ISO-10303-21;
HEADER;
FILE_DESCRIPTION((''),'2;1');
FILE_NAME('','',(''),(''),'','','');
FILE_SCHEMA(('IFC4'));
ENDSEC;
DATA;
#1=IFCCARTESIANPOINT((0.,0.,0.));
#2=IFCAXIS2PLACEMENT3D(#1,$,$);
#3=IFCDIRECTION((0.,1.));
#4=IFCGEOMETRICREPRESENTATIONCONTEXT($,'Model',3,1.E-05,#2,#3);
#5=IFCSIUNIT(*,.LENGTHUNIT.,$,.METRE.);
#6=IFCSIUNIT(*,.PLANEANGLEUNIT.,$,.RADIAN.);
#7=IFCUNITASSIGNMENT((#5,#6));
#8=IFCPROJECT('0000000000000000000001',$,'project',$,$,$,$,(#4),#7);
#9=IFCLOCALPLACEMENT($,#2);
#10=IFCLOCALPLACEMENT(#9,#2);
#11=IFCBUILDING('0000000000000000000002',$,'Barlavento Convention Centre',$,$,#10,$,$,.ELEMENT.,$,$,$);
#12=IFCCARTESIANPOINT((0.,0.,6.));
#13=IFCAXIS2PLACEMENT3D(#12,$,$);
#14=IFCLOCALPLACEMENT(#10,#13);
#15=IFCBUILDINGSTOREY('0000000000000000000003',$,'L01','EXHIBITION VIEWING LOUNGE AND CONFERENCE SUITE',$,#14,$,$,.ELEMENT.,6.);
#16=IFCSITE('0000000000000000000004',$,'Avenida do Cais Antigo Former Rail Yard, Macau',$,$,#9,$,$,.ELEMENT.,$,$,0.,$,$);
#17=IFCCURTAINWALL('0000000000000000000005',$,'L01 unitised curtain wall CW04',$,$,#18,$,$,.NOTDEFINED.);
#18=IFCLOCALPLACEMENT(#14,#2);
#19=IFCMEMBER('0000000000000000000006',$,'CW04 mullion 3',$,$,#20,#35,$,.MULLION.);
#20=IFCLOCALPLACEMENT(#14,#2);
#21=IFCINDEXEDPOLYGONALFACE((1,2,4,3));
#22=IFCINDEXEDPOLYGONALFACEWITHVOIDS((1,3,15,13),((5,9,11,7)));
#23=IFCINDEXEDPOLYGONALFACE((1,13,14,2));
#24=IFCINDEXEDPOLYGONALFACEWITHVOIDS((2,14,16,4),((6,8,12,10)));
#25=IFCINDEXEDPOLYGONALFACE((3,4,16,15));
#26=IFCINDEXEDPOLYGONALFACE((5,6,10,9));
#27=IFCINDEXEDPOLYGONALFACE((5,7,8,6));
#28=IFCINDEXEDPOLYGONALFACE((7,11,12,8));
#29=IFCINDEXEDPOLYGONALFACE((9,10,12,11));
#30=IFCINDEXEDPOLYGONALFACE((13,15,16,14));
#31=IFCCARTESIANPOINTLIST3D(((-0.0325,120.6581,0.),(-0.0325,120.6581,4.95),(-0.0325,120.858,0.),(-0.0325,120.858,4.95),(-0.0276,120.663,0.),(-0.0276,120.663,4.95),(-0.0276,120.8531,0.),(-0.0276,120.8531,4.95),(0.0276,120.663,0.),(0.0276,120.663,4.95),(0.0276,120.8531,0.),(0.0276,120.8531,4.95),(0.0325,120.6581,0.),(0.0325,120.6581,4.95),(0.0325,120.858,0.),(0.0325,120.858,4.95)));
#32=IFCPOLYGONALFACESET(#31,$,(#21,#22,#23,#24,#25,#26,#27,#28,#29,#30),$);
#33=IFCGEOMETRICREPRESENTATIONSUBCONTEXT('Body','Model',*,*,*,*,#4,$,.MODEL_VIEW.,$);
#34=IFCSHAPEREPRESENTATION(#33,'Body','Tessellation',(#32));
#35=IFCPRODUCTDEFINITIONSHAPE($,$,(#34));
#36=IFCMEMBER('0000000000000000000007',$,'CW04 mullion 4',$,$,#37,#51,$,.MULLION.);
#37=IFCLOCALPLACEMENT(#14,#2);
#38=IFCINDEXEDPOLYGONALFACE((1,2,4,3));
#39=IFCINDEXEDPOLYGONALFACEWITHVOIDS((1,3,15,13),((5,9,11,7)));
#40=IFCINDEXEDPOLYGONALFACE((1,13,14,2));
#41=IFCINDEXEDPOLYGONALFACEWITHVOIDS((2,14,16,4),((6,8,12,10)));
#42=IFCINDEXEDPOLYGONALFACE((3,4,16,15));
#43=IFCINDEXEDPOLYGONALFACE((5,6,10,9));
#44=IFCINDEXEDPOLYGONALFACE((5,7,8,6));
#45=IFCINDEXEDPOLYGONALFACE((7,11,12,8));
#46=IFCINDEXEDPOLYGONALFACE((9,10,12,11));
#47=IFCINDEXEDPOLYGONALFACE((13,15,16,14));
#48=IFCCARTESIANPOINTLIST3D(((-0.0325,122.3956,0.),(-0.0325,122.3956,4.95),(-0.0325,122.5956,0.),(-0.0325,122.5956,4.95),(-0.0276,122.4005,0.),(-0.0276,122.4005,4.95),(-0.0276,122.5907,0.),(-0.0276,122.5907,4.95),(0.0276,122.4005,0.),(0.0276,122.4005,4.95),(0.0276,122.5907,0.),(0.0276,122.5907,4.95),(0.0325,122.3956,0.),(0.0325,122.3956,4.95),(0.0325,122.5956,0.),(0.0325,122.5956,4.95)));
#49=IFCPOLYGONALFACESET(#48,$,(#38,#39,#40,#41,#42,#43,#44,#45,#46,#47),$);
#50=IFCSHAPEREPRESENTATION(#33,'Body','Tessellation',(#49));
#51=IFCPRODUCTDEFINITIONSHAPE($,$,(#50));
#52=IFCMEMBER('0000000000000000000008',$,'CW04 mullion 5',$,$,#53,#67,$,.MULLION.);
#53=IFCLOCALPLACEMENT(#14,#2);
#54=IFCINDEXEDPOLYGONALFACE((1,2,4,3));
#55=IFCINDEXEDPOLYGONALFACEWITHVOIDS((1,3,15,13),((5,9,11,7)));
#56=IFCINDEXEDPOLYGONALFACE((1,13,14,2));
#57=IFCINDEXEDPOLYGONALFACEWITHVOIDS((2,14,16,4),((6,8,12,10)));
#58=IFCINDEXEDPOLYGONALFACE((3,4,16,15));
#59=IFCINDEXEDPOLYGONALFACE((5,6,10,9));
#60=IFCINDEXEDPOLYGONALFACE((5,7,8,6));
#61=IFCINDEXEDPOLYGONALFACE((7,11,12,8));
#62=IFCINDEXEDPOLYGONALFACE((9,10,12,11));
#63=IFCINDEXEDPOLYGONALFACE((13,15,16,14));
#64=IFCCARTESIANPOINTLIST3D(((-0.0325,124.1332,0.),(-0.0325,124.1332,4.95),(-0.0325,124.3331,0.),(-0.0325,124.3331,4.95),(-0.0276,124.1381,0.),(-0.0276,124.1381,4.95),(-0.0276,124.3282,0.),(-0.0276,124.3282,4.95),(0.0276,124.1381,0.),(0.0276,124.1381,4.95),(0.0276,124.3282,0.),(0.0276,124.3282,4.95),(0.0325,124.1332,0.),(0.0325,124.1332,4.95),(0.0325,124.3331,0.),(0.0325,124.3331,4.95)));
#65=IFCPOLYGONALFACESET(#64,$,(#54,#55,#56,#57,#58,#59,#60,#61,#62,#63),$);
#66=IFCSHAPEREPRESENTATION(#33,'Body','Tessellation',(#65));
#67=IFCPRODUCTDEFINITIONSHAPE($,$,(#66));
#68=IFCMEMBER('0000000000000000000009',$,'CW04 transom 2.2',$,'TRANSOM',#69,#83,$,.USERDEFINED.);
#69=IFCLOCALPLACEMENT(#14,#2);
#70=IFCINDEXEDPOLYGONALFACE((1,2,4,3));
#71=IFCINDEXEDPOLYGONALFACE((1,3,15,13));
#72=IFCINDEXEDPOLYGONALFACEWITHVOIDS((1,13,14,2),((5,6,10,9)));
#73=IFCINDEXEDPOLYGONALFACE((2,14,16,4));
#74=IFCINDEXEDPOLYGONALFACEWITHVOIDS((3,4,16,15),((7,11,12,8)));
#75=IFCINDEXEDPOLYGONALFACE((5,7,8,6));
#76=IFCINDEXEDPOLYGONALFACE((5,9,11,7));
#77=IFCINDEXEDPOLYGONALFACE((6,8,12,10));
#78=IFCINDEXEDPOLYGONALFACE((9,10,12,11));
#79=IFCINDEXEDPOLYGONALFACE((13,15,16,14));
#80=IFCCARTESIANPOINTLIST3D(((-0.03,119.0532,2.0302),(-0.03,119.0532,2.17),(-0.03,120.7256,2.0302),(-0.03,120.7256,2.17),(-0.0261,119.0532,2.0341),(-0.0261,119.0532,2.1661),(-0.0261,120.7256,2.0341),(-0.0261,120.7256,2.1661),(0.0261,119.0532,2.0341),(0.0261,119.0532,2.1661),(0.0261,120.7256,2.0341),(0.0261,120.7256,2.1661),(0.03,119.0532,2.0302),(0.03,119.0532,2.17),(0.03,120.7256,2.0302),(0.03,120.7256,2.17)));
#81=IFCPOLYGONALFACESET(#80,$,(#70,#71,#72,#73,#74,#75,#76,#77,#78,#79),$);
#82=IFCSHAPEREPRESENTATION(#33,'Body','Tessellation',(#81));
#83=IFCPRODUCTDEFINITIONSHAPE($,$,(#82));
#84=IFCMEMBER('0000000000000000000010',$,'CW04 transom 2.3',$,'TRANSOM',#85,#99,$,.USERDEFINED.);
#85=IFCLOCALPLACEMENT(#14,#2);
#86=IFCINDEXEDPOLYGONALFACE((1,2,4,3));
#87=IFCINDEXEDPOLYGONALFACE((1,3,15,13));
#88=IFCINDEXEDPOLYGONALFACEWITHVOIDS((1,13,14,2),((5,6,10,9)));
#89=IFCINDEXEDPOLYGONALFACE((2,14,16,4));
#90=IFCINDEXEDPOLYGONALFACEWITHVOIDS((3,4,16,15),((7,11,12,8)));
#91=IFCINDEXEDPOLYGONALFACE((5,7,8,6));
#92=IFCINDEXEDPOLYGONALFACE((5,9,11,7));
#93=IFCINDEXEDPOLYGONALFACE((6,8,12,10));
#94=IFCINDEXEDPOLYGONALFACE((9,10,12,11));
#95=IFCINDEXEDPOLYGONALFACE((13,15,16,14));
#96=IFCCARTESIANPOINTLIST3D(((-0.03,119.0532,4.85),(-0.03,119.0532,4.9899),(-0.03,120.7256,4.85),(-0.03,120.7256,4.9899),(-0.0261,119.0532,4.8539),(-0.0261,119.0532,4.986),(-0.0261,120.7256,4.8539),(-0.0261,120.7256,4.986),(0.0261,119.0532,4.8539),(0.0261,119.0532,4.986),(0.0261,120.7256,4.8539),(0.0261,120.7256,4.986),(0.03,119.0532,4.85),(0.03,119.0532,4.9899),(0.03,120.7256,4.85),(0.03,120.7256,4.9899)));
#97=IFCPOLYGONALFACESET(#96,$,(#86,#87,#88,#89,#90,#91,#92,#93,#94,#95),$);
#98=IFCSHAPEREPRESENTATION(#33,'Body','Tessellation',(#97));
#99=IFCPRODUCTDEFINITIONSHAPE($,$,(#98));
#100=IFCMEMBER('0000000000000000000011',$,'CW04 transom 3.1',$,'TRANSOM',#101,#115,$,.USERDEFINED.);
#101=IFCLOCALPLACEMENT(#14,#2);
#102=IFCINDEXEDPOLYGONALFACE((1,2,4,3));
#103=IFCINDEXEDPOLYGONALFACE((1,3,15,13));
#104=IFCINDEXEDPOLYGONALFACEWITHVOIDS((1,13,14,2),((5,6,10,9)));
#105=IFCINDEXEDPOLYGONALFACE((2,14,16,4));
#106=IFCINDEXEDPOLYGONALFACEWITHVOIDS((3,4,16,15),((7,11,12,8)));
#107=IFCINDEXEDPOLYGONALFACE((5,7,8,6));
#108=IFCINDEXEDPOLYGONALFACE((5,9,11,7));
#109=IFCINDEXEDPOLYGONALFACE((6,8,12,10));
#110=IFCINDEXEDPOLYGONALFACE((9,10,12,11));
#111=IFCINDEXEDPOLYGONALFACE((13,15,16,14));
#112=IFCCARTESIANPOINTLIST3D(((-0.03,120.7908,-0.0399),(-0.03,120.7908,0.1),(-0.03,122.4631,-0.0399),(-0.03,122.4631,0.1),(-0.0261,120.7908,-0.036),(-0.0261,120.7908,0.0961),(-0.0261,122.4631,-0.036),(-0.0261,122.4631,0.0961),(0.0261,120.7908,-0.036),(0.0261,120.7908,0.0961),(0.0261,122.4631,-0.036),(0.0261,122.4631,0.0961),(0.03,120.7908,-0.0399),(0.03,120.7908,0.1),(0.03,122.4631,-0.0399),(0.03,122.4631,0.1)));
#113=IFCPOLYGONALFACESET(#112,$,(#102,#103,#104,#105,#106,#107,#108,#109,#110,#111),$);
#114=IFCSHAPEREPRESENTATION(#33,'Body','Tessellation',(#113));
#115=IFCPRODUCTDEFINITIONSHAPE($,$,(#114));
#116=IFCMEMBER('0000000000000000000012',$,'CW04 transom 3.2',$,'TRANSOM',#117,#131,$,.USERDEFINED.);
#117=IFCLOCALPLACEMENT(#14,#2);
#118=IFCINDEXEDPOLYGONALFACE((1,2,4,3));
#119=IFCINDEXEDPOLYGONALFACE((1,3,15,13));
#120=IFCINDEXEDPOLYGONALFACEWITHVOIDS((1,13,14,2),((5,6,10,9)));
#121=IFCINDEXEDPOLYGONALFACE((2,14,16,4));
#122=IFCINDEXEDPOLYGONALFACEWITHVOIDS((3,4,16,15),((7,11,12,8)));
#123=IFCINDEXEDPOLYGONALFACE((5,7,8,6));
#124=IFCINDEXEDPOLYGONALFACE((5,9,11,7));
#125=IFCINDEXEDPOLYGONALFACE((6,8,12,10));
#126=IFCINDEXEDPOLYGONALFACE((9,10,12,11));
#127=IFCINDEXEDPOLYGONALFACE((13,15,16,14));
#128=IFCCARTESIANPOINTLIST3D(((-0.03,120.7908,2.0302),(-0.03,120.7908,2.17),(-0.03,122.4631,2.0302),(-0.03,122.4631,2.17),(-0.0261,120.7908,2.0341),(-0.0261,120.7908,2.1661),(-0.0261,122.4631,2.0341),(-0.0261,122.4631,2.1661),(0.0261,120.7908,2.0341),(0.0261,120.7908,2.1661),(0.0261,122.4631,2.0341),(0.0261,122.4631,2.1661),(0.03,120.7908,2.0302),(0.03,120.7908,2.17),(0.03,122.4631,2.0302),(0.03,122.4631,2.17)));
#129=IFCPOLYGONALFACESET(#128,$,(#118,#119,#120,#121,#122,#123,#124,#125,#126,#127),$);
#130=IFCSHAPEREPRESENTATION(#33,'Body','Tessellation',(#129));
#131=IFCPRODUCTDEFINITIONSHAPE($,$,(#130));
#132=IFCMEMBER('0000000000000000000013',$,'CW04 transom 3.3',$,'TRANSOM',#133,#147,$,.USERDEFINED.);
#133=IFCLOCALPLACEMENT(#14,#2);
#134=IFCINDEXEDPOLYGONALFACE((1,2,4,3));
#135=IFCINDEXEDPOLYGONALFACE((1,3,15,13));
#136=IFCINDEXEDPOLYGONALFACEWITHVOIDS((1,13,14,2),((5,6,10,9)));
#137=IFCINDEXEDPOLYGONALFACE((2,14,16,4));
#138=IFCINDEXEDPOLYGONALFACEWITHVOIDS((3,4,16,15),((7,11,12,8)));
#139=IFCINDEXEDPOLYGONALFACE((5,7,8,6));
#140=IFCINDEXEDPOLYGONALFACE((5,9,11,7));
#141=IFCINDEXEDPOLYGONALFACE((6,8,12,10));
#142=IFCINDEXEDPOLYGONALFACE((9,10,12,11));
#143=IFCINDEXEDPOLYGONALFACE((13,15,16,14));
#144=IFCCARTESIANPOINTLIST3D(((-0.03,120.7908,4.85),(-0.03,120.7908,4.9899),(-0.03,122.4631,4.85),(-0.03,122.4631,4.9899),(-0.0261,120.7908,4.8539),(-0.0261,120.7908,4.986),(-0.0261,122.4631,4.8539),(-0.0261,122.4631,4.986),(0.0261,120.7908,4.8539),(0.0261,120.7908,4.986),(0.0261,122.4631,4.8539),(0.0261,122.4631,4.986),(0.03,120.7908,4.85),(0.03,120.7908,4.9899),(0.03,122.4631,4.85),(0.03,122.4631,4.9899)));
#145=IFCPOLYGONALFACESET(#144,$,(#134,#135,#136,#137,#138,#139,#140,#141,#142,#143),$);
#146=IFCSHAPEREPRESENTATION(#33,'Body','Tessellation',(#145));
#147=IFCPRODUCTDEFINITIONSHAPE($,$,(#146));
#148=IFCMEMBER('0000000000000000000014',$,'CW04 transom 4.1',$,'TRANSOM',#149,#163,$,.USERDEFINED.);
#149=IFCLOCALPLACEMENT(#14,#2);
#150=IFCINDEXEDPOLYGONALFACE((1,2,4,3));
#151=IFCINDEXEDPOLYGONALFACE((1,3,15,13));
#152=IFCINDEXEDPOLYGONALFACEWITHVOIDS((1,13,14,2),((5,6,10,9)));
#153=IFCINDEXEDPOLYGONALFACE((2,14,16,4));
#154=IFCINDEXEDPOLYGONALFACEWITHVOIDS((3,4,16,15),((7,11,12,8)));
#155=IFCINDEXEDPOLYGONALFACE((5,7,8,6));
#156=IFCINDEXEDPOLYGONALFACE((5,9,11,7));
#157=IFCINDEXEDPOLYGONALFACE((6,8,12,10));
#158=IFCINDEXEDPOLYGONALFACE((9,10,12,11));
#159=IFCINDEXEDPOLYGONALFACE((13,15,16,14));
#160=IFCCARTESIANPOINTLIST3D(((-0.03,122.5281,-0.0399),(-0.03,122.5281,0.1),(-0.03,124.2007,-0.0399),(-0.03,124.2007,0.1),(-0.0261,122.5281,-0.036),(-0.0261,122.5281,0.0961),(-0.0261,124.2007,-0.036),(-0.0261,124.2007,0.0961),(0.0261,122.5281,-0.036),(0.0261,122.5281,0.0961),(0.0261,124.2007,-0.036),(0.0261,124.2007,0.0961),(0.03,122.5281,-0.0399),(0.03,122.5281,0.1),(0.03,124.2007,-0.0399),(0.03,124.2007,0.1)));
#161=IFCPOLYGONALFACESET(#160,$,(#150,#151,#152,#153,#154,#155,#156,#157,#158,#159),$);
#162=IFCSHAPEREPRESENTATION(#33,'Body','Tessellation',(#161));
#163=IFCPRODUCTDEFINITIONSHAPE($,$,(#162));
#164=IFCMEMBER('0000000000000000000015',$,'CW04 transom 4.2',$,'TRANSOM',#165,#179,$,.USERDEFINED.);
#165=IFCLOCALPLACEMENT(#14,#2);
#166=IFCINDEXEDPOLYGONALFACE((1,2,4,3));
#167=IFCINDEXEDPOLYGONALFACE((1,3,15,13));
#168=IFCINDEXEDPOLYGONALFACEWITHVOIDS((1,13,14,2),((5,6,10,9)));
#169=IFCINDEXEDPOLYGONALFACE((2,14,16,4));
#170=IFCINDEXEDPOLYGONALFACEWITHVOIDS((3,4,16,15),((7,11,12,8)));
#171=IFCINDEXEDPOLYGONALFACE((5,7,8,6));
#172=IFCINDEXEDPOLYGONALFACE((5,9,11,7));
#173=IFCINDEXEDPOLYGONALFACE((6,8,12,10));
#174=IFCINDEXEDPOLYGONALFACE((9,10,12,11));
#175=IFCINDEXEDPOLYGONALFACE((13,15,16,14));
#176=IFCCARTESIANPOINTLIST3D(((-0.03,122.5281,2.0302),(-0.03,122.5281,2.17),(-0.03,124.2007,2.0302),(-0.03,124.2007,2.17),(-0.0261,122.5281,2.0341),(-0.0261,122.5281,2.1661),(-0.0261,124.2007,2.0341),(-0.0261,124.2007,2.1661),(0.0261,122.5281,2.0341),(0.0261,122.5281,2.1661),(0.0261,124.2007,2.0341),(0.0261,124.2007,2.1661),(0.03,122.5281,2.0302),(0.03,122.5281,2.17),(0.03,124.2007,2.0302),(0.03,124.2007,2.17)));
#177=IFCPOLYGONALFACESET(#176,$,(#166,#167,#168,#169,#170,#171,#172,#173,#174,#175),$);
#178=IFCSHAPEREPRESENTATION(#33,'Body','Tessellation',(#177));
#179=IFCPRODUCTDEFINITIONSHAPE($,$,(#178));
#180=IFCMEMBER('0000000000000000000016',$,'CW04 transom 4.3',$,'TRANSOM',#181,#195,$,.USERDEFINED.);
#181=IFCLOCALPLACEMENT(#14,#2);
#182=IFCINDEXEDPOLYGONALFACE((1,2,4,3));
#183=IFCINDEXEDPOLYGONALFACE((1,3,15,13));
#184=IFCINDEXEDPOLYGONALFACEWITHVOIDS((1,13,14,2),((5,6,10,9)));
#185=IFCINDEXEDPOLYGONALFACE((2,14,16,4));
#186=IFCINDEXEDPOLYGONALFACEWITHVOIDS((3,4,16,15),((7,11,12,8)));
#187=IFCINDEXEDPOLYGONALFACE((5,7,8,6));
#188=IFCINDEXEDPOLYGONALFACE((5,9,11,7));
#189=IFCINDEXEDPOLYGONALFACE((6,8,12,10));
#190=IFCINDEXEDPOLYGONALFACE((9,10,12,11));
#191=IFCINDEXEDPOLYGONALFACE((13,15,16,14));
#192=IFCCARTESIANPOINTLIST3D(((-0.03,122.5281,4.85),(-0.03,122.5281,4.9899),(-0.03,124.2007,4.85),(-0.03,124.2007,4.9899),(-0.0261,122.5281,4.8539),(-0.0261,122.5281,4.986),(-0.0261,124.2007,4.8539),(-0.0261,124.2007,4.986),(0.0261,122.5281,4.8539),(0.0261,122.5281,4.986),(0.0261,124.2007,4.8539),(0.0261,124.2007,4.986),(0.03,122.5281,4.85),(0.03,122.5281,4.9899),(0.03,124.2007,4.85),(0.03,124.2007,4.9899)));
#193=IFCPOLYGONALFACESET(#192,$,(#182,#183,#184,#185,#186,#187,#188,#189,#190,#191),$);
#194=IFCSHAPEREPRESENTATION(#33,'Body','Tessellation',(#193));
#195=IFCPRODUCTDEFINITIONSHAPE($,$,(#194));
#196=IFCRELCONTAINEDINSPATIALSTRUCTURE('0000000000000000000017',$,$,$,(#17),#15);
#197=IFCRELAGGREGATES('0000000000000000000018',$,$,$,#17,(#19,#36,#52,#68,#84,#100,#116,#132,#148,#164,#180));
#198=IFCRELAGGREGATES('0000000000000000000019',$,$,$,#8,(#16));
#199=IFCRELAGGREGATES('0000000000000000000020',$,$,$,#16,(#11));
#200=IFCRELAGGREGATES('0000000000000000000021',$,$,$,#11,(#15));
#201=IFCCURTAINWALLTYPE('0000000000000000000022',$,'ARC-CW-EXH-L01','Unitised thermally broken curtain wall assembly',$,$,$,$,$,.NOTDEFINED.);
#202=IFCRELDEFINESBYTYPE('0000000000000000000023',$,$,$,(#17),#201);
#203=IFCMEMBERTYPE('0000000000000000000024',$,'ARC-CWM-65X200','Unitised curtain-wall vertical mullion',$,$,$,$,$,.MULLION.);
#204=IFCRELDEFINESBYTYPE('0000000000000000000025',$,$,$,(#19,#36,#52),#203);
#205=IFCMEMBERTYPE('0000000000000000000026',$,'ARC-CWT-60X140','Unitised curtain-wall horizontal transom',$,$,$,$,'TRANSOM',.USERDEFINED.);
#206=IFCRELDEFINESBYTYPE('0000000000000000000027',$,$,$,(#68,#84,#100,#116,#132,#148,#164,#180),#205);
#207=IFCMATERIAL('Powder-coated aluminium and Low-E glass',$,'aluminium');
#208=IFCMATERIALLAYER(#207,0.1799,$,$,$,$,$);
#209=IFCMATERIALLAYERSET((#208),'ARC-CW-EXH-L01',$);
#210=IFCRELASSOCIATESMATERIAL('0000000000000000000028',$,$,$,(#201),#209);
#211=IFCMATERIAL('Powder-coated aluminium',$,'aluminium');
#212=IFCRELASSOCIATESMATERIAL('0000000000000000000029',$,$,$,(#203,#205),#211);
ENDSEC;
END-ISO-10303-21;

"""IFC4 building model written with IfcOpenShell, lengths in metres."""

from ifc_helpers import new_model, si_unit, direction, frame, origin, origin_2d, place, context, subcontext, project, spatial, hollow_rectangle, extrude, material, layer, layer_set, material_profile, profile_set, type_object, element, aggregate, save


model = new_model("IFC4")

# Units and contexts
model_context = context("Model", 3, precision=1e-05, world=origin(), true_north=direction((0.0, 1.0)))
body_context = subcontext(model_context, "Body", "Model", "MODEL_VIEW")
ifc_project = project(units=[si_unit("LENGTHUNIT", "METRE"), si_unit("PLANEANGLEUNIT", "RADIAN")], contexts=[model_context])

# Site, building, storey
site_placement = place(None, origin())
site = spatial("IfcSite", under=ifc_project, at=site_placement, Name="Avenida do Cais Antigo Former Rail Yard, Macau", CompositionType="ELEMENT", RefElevation=0.0)
building_placement = place(site_placement, origin())
building = spatial("IfcBuilding", under=site, at=building_placement, Name="Barlavento Convention Centre", CompositionType="ELEMENT")
storey_placement = place(building_placement, frame((0.0, 0.0, 6.0)))
storey = spatial("IfcBuildingStorey", under=building, at=storey_placement, Name="L01", Description="EXHIBITION VIEWING LOUNGE AND CONFERENCE SUITE", CompositionType="ELEMENT", Elevation=6.0)

# Curtain wall, members
ifc_material_1 = material(Name="Powder-coated aluminium and Low-E glass", Category="aluminium")
ifc_layer_1 = layer(ifc_material_1, 0.1799)
ifc_layer_set_1 = layer_set([ifc_layer_1], Name="ARC-CW-EXH-L01")
curtain_wall_type = type_object("IfcCurtainWallType", Name="ARC-CW-EXH-L01", Description="Unitised thermally broken curtain wall assembly", PredefinedType="NOTDEFINED", material=ifc_layer_set_1)
curtain_wall_placement = place(storey_placement, origin())
curtain_wall = element("IfcCurtainWall", 1, at=curtain_wall_placement, inside=storey, type_object=curtain_wall_type, Name="L01 unitised curtain wall CW04", PredefinedType="NOTDEFINED")
ifc_material_2 = material(Name="Powder-coated aluminium", Category="aluminium")
ifc_material_profile_1 = material_profile(ifc_material_2, hollow_rectangle(XDim=0.0649, YDim=0.2, WallThickness=0.0049, at=origin_2d()), Name="AL-MULL 65x200x5")
ifc_profile_set_1 = profile_set([ifc_material_profile_1], Name="Powder-coated aluminium")
member_type_1 = type_object("IfcMemberType", Name="ARC-CWM-65X200", Description="Unitised curtain-wall vertical mullion", PredefinedType="MULLION", material=ifc_profile_set_1)
member_1_placement = place(storey_placement, frame((0.0, 120.7581, 0.0), z_axis=(0.0, 0.0, 1.0), x_axis=(-1.0, 0.0, 0.0)))
member_1 = element("IfcMember", 2, at=member_1_placement, type_object=member_type_1, Name="CW04 mullion 3", PredefinedType="MULLION", context=body_context, shape_type="SweptSolid", body=[
    extrude(hollow_rectangle(XDim=0.0649, YDim=0.2, WallThickness=0.0049, at=origin_2d()), origin(), (0.0, 0.0, 1.0), 4.95),
])
member_2_placement = place(storey_placement, frame((0.0, 122.4956, 0.0), z_axis=(0.0, 0.0, 1.0), x_axis=(-1.0, 0.0, 0.0)))
member_2 = element("IfcMember", 3, at=member_2_placement, type_object=member_type_1, Name="CW04 mullion 4", PredefinedType="MULLION", context=body_context, shape_type="SweptSolid", body=[
    extrude(hollow_rectangle(XDim=0.0649, YDim=0.2, WallThickness=0.0049, at=origin_2d()), origin(), (0.0, 0.0, 1.0), 4.95),
])
member_3_placement = place(storey_placement, frame((0.0, 124.2332, 0.0), z_axis=(0.0, 0.0, 1.0), x_axis=(-1.0, 0.0, 0.0)))
member_3 = element("IfcMember", 4, at=member_3_placement, type_object=member_type_1, Name="CW04 mullion 5", PredefinedType="MULLION", context=body_context, shape_type="SweptSolid", body=[
    extrude(hollow_rectangle(XDim=0.0649, YDim=0.2, WallThickness=0.0049, at=origin_2d()), origin(), (0.0, 0.0, 1.0), 4.95),
])
ifc_material_profile_2 = material_profile(ifc_material_2, hollow_rectangle(XDim=0.0601, YDim=0.1399, WallThickness=0.0039, at=origin_2d()), Name="AL-TRAN 60x140x4")
ifc_profile_set_2 = profile_set([ifc_material_profile_2], Name="Powder-coated aluminium")
member_type_2 = type_object("IfcMemberType", Name="ARC-CWT-60X140", Description="Unitised curtain-wall horizontal transom", ElementType="TRANSOM", PredefinedType="USERDEFINED", material=ifc_profile_set_2)
member_4_placement = place(storey_placement, frame((0.0, 119.0532, 2.1001), z_axis=(0.0, 1.0, 0.0), x_axis=(-1.0, 0.0, 0.0)))
member_4 = element("IfcMember", 5, at=member_4_placement, type_object=member_type_2, Name="CW04 transom 2.2", ObjectType="TRANSOM", PredefinedType="USERDEFINED", context=body_context, shape_type="SweptSolid", body=[
    extrude(hollow_rectangle(XDim=0.0601, YDim=0.1399, WallThickness=0.0039, at=origin_2d()), origin(), (0.0, 0.0, 1.0), 1.6724),
])
member_5_placement = place(storey_placement, frame((0.0, 119.0532, 4.9199), z_axis=(0.0, 1.0, 0.0), x_axis=(-1.0, 0.0, 0.0)))
member_5 = element("IfcMember", 6, at=member_5_placement, type_object=member_type_2, Name="CW04 transom 2.3", ObjectType="TRANSOM", PredefinedType="USERDEFINED", context=body_context, shape_type="SweptSolid", body=[
    extrude(hollow_rectangle(XDim=0.0601, YDim=0.1399, WallThickness=0.0039, at=origin_2d()), origin(), (0.0, 0.0, 1.0), 1.6724),
])
member_6_placement = place(storey_placement, frame((0.0, 120.7908, 0.03), z_axis=(0.0, 1.0, 0.0), x_axis=(-1.0, 0.0, 0.0)))
member_6 = element("IfcMember", 7, at=member_6_placement, type_object=member_type_2, Name="CW04 transom 3.1", ObjectType="TRANSOM", PredefinedType="USERDEFINED", context=body_context, shape_type="SweptSolid", body=[
    extrude(hollow_rectangle(XDim=0.0601, YDim=0.1399, WallThickness=0.0039, at=origin_2d()), origin(), (0.0, 0.0, 1.0), 1.6724),
])
member_7_placement = place(storey_placement, frame((0.0, 120.7908, 2.1001), z_axis=(0.0, 1.0, 0.0), x_axis=(-1.0, 0.0, 0.0)))
member_7 = element("IfcMember", 8, at=member_7_placement, type_object=member_type_2, Name="CW04 transom 3.2", ObjectType="TRANSOM", PredefinedType="USERDEFINED", context=body_context, shape_type="SweptSolid", body=[
    extrude(hollow_rectangle(XDim=0.0601, YDim=0.1399, WallThickness=0.0039, at=origin_2d()), origin(), (0.0, 0.0, 1.0), 1.6724),
])
member_8_placement = place(storey_placement, frame((0.0, 120.7908, 4.9199), z_axis=(0.0, 1.0, 0.0), x_axis=(-1.0, 0.0, 0.0)))
member_8 = element("IfcMember", 9, at=member_8_placement, type_object=member_type_2, Name="CW04 transom 3.3", ObjectType="TRANSOM", PredefinedType="USERDEFINED", context=body_context, shape_type="SweptSolid", body=[
    extrude(hollow_rectangle(XDim=0.0601, YDim=0.1399, WallThickness=0.0039, at=origin_2d()), origin(), (0.0, 0.0, 1.0), 1.6724),
])
member_9_placement = place(storey_placement, frame((0.0, 122.5281, 0.03), z_axis=(0.0, 1.0, 0.0), x_axis=(-1.0, 0.0, 0.0)))
member_9 = element("IfcMember", 10, at=member_9_placement, type_object=member_type_2, Name="CW04 transom 4.1", ObjectType="TRANSOM", PredefinedType="USERDEFINED", context=body_context, shape_type="SweptSolid", body=[
    extrude(hollow_rectangle(XDim=0.0601, YDim=0.1399, WallThickness=0.0039, at=origin_2d()), origin(), (0.0, 0.0, 1.0), 1.6726),
])
member_10_placement = place(storey_placement, frame((0.0, 122.5281, 2.1001), z_axis=(0.0, 1.0, 0.0), x_axis=(-1.0, 0.0, 0.0)))
member_10 = element("IfcMember", 11, at=member_10_placement, type_object=member_type_2, Name="CW04 transom 4.2", ObjectType="TRANSOM", PredefinedType="USERDEFINED", context=body_context, shape_type="SweptSolid", body=[
    extrude(hollow_rectangle(XDim=0.0601, YDim=0.1399, WallThickness=0.0039, at=origin_2d()), origin(), (0.0, 0.0, 1.0), 1.6726),
])
member_11_placement = place(storey_placement, frame((0.0, 122.5281, 4.9199), z_axis=(0.0, 1.0, 0.0), x_axis=(-1.0, 0.0, 0.0)))
member_11 = element("IfcMember", 12, at=member_11_placement, type_object=member_type_2, Name="CW04 transom 4.3", ObjectType="TRANSOM", PredefinedType="USERDEFINED", context=body_context, shape_type="SweptSolid", body=[
    extrude(hollow_rectangle(XDim=0.0601, YDim=0.1399, WallThickness=0.0039, at=origin_2d()), origin(), (0.0, 0.0, 1.0), 1.6726),
])
aggregate(curtain_wall, [member_1, member_2, member_3, member_4, member_5, member_6, member_7, member_8, member_9, member_10, member_11])

save(model, "model.ifc")
